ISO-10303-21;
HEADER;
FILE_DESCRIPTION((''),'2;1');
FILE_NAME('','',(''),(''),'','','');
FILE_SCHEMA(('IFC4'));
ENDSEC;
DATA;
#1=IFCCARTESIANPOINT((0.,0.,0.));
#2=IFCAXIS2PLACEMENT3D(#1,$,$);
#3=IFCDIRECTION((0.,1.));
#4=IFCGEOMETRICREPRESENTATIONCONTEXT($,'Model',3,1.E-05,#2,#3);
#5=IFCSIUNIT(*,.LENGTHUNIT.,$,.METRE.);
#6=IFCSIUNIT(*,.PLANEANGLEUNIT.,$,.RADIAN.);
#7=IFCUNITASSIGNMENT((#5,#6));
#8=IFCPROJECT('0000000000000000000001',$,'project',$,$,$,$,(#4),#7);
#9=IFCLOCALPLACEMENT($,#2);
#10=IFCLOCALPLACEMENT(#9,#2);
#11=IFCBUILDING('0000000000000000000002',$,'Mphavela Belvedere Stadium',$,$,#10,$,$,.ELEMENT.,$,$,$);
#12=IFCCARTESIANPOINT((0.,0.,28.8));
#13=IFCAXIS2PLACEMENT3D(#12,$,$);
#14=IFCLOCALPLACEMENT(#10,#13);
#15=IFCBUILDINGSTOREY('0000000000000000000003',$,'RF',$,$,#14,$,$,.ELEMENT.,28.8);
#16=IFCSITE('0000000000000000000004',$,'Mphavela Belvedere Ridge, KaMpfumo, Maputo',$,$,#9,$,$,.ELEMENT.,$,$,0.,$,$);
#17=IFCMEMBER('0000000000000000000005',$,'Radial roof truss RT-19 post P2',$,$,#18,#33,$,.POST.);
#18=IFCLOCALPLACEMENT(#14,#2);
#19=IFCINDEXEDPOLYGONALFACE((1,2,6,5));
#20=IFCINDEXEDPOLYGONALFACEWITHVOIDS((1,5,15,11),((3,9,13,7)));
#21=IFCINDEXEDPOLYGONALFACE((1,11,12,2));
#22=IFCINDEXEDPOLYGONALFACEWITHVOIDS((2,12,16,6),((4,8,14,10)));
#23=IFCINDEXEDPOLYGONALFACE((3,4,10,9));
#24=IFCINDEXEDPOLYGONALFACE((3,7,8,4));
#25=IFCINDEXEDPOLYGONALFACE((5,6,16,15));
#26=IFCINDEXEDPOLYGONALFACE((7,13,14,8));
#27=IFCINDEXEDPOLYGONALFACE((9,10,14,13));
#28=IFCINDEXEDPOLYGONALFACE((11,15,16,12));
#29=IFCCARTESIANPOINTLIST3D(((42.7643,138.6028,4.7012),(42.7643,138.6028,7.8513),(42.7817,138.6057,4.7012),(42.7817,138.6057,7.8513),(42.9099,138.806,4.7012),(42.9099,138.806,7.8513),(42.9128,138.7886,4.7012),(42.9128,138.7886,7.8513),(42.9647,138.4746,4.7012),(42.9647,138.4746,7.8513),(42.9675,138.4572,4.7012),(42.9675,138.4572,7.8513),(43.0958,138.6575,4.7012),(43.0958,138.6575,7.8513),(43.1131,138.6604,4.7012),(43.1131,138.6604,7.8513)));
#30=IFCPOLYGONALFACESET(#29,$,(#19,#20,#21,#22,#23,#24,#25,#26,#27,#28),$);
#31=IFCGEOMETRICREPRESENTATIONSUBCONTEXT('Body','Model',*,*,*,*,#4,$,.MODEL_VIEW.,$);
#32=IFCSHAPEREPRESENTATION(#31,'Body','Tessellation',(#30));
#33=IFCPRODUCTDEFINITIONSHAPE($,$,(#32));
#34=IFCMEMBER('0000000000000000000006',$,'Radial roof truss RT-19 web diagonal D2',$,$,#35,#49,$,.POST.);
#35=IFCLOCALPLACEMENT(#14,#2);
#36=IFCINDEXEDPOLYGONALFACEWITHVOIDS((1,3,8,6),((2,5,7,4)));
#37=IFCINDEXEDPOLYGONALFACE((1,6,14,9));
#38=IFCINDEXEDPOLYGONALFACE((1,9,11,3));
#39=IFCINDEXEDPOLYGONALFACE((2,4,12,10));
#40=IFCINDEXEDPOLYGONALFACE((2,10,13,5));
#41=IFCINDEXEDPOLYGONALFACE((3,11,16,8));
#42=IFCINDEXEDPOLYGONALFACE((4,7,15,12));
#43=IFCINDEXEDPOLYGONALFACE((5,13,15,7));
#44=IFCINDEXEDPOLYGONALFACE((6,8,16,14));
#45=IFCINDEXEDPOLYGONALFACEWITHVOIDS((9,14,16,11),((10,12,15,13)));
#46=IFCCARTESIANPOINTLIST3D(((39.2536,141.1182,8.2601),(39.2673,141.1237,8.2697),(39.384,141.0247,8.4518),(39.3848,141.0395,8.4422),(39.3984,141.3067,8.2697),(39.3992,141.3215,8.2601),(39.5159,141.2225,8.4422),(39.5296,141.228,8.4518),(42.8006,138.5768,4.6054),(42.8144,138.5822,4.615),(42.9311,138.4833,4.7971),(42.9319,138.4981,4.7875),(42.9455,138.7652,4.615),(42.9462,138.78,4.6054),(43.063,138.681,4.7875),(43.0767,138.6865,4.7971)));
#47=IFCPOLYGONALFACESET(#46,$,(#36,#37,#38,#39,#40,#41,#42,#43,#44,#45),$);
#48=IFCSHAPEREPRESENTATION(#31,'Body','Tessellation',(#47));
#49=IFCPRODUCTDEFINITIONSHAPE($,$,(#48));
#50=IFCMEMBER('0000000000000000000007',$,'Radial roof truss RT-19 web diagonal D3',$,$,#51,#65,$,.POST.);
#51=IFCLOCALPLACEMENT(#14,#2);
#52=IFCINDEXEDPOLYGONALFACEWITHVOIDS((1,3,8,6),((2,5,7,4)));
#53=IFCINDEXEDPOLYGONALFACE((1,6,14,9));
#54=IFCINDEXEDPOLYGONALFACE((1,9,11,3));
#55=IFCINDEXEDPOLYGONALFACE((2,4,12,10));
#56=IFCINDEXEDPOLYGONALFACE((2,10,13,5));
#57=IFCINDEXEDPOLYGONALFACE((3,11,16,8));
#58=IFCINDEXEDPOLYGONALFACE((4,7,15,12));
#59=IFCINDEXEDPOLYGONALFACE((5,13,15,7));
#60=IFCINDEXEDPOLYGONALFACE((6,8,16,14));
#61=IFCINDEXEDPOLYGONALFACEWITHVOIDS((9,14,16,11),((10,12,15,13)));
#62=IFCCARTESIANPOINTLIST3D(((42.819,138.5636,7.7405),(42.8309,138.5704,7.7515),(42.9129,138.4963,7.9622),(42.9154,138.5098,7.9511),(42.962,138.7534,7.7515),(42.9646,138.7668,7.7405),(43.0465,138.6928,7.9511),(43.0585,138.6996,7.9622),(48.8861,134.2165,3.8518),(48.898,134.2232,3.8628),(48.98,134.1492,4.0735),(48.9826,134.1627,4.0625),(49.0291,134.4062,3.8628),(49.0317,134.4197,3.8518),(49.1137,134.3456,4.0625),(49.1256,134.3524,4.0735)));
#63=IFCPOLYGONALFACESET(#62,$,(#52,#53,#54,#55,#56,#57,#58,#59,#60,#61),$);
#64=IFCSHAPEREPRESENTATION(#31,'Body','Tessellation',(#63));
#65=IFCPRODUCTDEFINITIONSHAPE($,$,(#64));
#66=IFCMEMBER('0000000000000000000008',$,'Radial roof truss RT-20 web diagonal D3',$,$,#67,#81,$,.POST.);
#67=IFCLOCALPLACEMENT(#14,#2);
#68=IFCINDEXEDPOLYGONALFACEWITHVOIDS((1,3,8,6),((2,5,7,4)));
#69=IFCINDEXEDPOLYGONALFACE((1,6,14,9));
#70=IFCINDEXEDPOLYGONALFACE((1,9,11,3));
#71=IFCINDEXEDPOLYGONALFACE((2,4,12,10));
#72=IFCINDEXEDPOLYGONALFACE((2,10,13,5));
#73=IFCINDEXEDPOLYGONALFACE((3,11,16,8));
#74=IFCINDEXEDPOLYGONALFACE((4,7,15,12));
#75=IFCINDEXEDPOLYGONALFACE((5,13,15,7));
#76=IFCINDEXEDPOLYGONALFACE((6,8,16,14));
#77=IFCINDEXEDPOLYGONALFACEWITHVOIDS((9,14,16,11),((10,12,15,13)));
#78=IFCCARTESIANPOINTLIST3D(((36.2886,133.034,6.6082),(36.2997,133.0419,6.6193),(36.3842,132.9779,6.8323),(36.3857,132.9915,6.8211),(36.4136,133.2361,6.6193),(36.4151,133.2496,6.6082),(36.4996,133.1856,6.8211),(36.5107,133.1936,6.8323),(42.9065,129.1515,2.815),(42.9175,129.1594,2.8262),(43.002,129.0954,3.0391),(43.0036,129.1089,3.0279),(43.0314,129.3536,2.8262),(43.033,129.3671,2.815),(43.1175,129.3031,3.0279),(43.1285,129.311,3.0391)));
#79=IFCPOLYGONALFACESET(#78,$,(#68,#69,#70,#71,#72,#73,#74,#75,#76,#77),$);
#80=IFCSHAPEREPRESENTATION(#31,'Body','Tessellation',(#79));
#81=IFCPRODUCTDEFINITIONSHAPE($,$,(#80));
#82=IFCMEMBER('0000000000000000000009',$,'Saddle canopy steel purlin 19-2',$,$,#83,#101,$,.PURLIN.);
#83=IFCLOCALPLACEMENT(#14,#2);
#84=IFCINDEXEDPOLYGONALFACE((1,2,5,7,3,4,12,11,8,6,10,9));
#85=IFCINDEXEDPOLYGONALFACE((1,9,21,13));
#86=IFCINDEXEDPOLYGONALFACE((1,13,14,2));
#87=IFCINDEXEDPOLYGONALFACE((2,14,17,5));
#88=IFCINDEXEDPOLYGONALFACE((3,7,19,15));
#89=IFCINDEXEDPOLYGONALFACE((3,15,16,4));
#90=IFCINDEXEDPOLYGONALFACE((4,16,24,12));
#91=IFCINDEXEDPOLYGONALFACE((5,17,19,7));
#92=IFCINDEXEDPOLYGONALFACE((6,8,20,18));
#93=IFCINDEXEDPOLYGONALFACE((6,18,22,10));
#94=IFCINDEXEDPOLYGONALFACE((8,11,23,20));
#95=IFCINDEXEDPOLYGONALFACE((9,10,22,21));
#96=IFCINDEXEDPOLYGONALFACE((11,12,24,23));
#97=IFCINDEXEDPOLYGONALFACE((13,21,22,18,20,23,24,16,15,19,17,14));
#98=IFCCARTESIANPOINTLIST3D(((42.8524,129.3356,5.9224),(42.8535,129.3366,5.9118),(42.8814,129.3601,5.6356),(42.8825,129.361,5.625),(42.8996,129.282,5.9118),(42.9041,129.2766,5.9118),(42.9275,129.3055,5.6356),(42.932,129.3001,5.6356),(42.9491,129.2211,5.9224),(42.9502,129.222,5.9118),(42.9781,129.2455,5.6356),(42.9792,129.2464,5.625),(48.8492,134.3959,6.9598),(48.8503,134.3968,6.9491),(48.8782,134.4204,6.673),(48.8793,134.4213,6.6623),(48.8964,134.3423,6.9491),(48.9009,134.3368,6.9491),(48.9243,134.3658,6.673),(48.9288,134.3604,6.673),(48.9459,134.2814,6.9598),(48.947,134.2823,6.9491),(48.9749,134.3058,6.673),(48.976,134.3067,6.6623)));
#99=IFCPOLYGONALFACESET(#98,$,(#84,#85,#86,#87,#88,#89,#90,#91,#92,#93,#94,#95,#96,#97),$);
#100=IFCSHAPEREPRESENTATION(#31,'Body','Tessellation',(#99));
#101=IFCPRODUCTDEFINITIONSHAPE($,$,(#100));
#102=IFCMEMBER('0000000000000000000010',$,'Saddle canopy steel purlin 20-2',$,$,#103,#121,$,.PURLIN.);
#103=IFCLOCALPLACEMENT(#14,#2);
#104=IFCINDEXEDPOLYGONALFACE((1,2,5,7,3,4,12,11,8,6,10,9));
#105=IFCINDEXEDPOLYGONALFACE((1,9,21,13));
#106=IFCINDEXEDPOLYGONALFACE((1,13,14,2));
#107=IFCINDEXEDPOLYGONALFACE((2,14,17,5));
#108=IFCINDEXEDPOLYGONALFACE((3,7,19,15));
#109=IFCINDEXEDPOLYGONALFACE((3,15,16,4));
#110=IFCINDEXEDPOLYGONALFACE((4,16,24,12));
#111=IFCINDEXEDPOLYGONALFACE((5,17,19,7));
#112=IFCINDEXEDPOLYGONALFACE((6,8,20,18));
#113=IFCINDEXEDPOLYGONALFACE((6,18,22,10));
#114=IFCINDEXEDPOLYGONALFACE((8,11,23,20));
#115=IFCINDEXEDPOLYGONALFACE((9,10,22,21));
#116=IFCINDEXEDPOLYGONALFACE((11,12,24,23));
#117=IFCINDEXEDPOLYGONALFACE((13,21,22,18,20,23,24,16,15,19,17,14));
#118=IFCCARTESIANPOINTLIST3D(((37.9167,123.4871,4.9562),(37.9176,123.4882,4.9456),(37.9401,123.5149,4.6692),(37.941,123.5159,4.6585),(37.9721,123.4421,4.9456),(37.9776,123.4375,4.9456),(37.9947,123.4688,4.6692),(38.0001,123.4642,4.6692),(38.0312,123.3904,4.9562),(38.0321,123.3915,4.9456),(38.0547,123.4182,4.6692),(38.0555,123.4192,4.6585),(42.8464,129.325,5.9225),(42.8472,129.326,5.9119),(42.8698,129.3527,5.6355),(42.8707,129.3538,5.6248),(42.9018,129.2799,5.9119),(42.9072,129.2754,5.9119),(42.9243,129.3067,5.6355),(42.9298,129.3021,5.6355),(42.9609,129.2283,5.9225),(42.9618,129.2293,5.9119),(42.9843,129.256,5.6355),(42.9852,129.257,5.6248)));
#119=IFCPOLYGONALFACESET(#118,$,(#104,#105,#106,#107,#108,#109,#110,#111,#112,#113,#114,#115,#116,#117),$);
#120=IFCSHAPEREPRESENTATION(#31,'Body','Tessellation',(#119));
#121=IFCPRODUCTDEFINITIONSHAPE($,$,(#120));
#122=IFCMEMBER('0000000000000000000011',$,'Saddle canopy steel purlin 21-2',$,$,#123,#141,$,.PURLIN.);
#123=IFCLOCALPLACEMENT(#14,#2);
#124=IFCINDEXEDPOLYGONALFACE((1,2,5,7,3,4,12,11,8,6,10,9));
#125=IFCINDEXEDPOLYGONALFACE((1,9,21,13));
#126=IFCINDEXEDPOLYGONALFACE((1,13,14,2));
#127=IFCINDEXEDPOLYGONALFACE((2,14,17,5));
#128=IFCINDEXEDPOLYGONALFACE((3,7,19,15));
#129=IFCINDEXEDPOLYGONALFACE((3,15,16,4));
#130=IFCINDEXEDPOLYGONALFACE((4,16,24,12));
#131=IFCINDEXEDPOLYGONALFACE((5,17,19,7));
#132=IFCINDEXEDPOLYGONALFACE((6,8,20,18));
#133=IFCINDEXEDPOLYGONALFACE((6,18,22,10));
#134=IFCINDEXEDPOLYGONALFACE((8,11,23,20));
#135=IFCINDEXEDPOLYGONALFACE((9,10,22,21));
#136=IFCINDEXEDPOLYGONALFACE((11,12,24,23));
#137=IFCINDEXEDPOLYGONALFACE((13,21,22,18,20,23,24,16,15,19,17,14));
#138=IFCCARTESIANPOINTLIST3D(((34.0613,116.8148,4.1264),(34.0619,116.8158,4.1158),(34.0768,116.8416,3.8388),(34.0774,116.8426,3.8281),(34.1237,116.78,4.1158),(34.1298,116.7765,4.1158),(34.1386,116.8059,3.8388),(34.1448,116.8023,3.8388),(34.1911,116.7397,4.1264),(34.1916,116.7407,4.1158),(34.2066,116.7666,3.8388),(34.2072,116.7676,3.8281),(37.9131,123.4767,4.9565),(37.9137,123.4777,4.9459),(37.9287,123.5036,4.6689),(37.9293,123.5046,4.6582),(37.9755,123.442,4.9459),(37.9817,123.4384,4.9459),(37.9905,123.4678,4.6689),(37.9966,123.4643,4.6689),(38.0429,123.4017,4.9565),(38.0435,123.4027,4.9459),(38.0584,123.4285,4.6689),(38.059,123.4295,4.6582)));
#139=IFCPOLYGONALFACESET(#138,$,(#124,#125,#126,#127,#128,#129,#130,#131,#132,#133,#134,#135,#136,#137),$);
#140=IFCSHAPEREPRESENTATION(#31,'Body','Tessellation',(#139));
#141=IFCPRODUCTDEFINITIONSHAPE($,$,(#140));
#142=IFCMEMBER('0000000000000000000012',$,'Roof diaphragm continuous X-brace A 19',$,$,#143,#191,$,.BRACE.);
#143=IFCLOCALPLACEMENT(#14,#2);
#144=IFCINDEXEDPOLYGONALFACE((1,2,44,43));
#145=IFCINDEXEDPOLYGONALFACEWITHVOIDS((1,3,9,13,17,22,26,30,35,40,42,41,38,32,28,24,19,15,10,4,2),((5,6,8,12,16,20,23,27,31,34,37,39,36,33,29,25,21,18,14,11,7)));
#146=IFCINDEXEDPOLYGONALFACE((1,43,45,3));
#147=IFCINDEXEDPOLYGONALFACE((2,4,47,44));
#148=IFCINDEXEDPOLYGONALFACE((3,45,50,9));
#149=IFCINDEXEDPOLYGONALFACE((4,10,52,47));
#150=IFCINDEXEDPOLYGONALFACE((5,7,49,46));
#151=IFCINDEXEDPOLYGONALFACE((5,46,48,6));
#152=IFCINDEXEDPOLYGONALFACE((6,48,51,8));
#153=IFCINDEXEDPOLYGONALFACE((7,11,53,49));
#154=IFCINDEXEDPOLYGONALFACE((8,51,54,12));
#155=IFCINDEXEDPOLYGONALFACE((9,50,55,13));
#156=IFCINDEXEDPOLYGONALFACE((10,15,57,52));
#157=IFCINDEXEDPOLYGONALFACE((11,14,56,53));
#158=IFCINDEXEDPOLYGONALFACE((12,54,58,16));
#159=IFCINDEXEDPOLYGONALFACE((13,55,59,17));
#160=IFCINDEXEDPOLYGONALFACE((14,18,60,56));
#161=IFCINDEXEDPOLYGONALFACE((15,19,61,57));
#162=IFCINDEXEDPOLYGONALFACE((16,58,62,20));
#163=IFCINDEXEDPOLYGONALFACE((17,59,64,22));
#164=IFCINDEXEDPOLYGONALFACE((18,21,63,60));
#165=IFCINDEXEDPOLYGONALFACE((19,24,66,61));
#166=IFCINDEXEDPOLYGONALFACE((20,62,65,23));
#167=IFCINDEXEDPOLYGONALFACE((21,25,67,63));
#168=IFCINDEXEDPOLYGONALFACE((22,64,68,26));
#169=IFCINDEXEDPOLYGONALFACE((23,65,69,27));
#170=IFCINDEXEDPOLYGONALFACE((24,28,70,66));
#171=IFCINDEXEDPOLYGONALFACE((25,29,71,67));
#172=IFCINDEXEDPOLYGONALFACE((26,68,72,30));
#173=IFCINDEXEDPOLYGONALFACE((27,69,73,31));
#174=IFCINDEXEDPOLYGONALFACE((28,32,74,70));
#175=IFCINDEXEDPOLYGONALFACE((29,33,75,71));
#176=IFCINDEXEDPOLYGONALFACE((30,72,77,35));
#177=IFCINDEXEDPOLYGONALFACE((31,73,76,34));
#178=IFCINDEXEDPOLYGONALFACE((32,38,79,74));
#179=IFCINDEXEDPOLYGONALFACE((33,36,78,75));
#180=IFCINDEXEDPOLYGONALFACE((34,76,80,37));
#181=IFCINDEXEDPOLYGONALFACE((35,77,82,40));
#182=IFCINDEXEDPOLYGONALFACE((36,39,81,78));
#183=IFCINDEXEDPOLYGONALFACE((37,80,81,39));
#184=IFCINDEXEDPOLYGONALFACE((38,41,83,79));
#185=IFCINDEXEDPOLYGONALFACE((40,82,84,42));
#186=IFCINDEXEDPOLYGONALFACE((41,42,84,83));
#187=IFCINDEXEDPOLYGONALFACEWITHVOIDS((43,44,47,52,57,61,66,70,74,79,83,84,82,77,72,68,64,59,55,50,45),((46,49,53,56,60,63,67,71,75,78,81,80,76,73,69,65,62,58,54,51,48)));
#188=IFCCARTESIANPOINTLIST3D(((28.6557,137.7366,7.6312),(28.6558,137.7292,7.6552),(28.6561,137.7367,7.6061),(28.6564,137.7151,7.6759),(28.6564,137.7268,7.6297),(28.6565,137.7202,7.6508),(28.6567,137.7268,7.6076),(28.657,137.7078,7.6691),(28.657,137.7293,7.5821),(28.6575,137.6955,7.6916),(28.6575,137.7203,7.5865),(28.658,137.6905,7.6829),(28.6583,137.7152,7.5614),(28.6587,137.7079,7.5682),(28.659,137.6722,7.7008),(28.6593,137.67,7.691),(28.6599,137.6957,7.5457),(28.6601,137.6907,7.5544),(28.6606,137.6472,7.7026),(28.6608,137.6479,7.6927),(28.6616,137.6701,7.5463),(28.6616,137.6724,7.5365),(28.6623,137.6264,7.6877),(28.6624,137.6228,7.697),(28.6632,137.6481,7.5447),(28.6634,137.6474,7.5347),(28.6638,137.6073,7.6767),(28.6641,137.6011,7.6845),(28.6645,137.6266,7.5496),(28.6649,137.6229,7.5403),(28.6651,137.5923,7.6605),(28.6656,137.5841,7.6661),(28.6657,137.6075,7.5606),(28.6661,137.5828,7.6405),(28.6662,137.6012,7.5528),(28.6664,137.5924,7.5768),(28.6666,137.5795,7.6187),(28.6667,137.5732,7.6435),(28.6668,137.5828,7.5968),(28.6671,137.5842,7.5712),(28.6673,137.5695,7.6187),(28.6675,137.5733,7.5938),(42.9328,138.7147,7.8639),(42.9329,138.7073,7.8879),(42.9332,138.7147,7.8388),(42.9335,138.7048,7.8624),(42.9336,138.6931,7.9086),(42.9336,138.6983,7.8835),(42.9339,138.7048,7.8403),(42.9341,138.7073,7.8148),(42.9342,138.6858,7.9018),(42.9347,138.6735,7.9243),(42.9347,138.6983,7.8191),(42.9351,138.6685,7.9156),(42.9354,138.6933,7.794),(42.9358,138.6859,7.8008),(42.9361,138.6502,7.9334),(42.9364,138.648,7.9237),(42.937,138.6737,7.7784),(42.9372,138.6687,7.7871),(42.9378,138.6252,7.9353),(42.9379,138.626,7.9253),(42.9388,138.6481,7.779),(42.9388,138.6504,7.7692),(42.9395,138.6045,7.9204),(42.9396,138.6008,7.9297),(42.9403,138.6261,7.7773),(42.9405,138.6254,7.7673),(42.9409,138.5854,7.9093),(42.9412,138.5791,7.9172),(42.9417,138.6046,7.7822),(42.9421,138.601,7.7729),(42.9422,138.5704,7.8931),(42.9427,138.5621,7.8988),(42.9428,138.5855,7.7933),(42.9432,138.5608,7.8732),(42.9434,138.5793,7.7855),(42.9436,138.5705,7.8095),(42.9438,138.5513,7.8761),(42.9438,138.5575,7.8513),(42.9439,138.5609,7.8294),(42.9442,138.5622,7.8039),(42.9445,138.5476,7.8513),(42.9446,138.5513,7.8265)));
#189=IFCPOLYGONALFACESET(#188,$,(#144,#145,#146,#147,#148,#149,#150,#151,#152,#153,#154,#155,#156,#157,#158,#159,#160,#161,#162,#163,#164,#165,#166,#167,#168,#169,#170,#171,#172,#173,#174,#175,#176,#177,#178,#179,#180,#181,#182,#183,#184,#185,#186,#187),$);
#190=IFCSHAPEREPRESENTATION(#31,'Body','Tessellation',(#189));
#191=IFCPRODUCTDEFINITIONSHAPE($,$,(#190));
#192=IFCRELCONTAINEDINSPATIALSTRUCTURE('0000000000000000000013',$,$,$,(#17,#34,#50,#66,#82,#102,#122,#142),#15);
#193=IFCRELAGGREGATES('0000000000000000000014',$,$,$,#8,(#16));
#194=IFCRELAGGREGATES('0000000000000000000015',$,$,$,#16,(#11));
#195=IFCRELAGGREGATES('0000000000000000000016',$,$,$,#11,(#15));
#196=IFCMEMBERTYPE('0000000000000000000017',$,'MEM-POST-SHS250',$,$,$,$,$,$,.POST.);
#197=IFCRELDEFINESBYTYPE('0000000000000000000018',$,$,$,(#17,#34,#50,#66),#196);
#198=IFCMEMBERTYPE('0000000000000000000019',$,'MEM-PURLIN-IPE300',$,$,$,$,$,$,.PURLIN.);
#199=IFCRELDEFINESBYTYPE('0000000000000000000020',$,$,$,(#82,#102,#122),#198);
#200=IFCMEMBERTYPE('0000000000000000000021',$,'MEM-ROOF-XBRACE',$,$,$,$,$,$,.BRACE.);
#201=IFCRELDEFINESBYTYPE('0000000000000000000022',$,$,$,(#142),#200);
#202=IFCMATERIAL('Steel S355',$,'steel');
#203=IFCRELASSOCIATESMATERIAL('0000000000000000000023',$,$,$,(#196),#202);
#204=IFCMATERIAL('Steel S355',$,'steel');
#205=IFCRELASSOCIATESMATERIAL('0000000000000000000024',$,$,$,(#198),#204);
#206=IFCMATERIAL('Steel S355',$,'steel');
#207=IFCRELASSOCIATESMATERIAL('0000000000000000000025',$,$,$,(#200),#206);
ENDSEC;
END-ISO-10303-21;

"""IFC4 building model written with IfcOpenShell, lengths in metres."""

from ifc_helpers import new_model, si_unit, direction, frame, origin, origin_2d, place, context, subcontext, project, spatial, hollow_rectangle, hollow_circle, i_section, extrude, material, material_profile, profile_set, type_object, element, save


model = new_model("IFC4")

# Units and contexts
model_context = context("Model", 3, precision=1e-05, world=origin(), true_north=direction((0.0, 1.0)))
body_context = subcontext(model_context, "Body", "Model", "MODEL_VIEW")
ifc_project = project(units=[si_unit("LENGTHUNIT", "METRE"), si_unit("PLANEANGLEUNIT", "RADIAN")], contexts=[model_context])

# Site, building, storey
site_placement = place(None, origin())
site = spatial("IfcSite", under=ifc_project, at=site_placement, Name="Mphavela Belvedere Ridge, KaMpfumo, Maputo", CompositionType="ELEMENT", RefElevation=0.0)
building_placement = place(site_placement, origin())
building = spatial("IfcBuilding", under=site, at=building_placement, Name="Mphavela Belvedere Stadium", CompositionType="ELEMENT")
storey_placement = place(building_placement, frame((0.0, 0.0, 28.8)))
storey = spatial("IfcBuildingStorey", under=building, at=storey_placement, Name="RF", CompositionType="ELEMENT", Elevation=28.8)

# Members
ifc_material_1 = material(Name="Steel S355", Category="steel")
ifc_material_profile_1 = material_profile(ifc_material_1, hollow_rectangle(XDim=0.25, YDim=0.25, WallThickness=0.0125, at=origin_2d()), Name="SHS 250x250x12.5")
ifc_profile_set_1 = profile_set([ifc_material_profile_1], Name="Steel S355")
member_type_1 = type_object("IfcMemberType", Name="MEM-POST-SHS250", PredefinedType="POST", material=ifc_profile_set_1)
member_1_placement = place(storey_placement, frame((42.9387, 138.6316, 4.7012), z_axis=(0.0, 0.0, 1.0), x_axis=(-0.812898, 0.582407, 0.0)))
element("IfcMember", 1, at=member_1_placement, inside=storey, type_object=member_type_1, Name="Radial roof truss RT-19 post P2", PredefinedType="POST", context=body_context, shape_type="SweptSolid", body=[
    extrude(hollow_rectangle(XDim=0.25, YDim=0.25, WallThickness=0.0125, at=origin_2d()), origin(), (0.0, 0.0, 1.0), 3.1501),
])
member_2_placement = place(storey_placement, frame((39.3916, 141.1731, 8.356), z_axis=(0.623177, -0.446505, -0.642093), x_axis=(0.582428, 0.812882, 0.0)))
element("IfcMember", 2, at=member_2_placement, inside=storey, type_object=member_type_1, Name="Radial roof truss RT-19 web diagonal D2", PredefinedType="POST", context=body_context, shape_type="SweptSolid", body=[
    extrude(hollow_rectangle(XDim=0.25, YDim=0.25, WallThickness=0.0125, at=origin_2d()), origin(), (0.0, 0.0, 1.0), 5.6919),
])
member_3_placement = place(storey_placement, frame((42.9387, 138.6316, 7.8513), z_axis=(0.720901, -0.516533, -0.462055), x_axis=(0.582435, 0.812877, 0.0)))
element("IfcMember", 3, at=member_3_placement, inside=storey, type_object=member_type_1, Name="Radial roof truss RT-19 web diagonal D3", PredefinedType="POST", context=body_context, shape_type="SweptSolid", body=[
    extrude(hollow_rectangle(XDim=0.25, YDim=0.25, WallThickness=0.0125, at=origin_2d()), origin(), (0.0, 0.0, 1.0), 8.416),
])
member_4_placement = place(storey_placement, frame((36.3997, 133.1138, 6.7202), z_axis=(0.773195, -0.453614, -0.443174), x_axis=(0.50602, 0.862522, 0.0)))
element("IfcMember", 4, at=member_4_placement, inside=storey, type_object=member_type_1, Name="Radial roof truss RT-20 web diagonal D3", PredefinedType="POST", context=body_context, shape_type="SweptSolid", body=[
    extrude(hollow_rectangle(XDim=0.25, YDim=0.25, WallThickness=0.0125, at=origin_2d()), origin(), (0.0, 0.0, 1.0), 8.5591),
])
ifc_material_2 = material(Name="Steel S355", Category="steel")
ifc_material_profile_2 = material_profile(ifc_material_2, i_section(OverallWidth=0.1499, OverallDepth=0.3, WebThickness=0.0071, FlangeThickness=0.0107, at=origin_2d()), Name="IPE 300")
ifc_profile_set_2 = profile_set([ifc_material_profile_2], Name="Steel S355")
member_type_2 = type_object("IfcMemberType", Name="MEM-PURLIN-IPE300", PredefinedType="PURLIN", material=ifc_profile_set_2)
member_5_placement = place(storey_placement, frame((48.9126, 134.3513, 6.811), z_axis=(-0.757669, -0.639344, -0.131064), x_axis=(0.644907, -0.764261, 0.0)))
element("IfcMember", 5, at=member_5_placement, inside=storey, type_object=member_type_2, Name="Saddle canopy steel purlin 19-2", PredefinedType="PURLIN", context=body_context, shape_type="SweptSolid", body=[
    extrude(i_section(OverallWidth=0.1499, OverallDepth=0.3, WebThickness=0.0071, FlangeThickness=0.0107, at=origin_2d()), origin(), (0.0, 0.0, 1.0), 7.9148),
])
member_6_placement = place(storey_placement, frame((42.9158, 129.291, 5.7737), z_axis=(-0.640076, -0.757998, -0.125467), x_axis=(0.764036, -0.645174, 0.0)))
element("IfcMember", 6, at=member_6_placement, inside=storey, type_object=member_type_2, Name="Saddle canopy steel purlin 20-2", PredefinedType="PURLIN", context=body_context, shape_type="SweptSolid", body=[
    extrude(i_section(OverallWidth=0.1499, OverallDepth=0.3, WebThickness=0.0071, FlangeThickness=0.0107, at=origin_2d()), origin(), (0.0, 0.0, 1.0), 7.7017),
])
member_7_placement = place(storey_placement, frame((37.9861, 123.4531, 4.8074), z_axis=(-0.497657, -0.860718, -0.107247), x_axis=(0.865711, -0.500543, 0.0)))
element("IfcMember", 7, at=member_7_placement, inside=storey, type_object=member_type_2, Name="Saddle canopy steel purlin 21-2", PredefinedType="PURLIN", context=body_context, shape_type="SweptSolid", body=[
    extrude(i_section(OverallWidth=0.1499, OverallDepth=0.3, WebThickness=0.0071, FlangeThickness=0.0107, at=origin_2d()), origin(), (0.0, 0.0, 1.0), 7.74),
])
ifc_material_3 = material(Name="Steel S355", Category="steel")
ifc_material_profile_3 = material_profile(ifc_material_3, hollow_circle(Radius=0.0842, WallThickness=0.01, at=origin_2d()), Name="CHS 168.3x10")
ifc_profile_set_3 = profile_set([ifc_material_profile_3], Name="Steel S355")
member_type_3 = type_object("IfcMemberType", Name="MEM-ROOF-XBRACE", PredefinedType="BRACE", material=ifc_profile_set_3)
member_8_placement = place(storey_placement, frame((42.9387, 138.6316, 7.8513), z_axis=(-0.99753, -0.068334, -0.016256), x_axis=(0.068343, -0.997662, 0.0)))
element("IfcMember", 8, at=member_8_placement, inside=storey, type_object=member_type_3, Name="Roof diaphragm continuous X-brace A 19", PredefinedType="BRACE", context=body_context, shape_type="SweptSolid", body=[
    extrude(hollow_circle(Radius=0.0842, WallThickness=0.01, at=origin_2d()), origin(), (0.0, 0.0, 1.0), 14.3125),
])

save(model, "model.ifc")
